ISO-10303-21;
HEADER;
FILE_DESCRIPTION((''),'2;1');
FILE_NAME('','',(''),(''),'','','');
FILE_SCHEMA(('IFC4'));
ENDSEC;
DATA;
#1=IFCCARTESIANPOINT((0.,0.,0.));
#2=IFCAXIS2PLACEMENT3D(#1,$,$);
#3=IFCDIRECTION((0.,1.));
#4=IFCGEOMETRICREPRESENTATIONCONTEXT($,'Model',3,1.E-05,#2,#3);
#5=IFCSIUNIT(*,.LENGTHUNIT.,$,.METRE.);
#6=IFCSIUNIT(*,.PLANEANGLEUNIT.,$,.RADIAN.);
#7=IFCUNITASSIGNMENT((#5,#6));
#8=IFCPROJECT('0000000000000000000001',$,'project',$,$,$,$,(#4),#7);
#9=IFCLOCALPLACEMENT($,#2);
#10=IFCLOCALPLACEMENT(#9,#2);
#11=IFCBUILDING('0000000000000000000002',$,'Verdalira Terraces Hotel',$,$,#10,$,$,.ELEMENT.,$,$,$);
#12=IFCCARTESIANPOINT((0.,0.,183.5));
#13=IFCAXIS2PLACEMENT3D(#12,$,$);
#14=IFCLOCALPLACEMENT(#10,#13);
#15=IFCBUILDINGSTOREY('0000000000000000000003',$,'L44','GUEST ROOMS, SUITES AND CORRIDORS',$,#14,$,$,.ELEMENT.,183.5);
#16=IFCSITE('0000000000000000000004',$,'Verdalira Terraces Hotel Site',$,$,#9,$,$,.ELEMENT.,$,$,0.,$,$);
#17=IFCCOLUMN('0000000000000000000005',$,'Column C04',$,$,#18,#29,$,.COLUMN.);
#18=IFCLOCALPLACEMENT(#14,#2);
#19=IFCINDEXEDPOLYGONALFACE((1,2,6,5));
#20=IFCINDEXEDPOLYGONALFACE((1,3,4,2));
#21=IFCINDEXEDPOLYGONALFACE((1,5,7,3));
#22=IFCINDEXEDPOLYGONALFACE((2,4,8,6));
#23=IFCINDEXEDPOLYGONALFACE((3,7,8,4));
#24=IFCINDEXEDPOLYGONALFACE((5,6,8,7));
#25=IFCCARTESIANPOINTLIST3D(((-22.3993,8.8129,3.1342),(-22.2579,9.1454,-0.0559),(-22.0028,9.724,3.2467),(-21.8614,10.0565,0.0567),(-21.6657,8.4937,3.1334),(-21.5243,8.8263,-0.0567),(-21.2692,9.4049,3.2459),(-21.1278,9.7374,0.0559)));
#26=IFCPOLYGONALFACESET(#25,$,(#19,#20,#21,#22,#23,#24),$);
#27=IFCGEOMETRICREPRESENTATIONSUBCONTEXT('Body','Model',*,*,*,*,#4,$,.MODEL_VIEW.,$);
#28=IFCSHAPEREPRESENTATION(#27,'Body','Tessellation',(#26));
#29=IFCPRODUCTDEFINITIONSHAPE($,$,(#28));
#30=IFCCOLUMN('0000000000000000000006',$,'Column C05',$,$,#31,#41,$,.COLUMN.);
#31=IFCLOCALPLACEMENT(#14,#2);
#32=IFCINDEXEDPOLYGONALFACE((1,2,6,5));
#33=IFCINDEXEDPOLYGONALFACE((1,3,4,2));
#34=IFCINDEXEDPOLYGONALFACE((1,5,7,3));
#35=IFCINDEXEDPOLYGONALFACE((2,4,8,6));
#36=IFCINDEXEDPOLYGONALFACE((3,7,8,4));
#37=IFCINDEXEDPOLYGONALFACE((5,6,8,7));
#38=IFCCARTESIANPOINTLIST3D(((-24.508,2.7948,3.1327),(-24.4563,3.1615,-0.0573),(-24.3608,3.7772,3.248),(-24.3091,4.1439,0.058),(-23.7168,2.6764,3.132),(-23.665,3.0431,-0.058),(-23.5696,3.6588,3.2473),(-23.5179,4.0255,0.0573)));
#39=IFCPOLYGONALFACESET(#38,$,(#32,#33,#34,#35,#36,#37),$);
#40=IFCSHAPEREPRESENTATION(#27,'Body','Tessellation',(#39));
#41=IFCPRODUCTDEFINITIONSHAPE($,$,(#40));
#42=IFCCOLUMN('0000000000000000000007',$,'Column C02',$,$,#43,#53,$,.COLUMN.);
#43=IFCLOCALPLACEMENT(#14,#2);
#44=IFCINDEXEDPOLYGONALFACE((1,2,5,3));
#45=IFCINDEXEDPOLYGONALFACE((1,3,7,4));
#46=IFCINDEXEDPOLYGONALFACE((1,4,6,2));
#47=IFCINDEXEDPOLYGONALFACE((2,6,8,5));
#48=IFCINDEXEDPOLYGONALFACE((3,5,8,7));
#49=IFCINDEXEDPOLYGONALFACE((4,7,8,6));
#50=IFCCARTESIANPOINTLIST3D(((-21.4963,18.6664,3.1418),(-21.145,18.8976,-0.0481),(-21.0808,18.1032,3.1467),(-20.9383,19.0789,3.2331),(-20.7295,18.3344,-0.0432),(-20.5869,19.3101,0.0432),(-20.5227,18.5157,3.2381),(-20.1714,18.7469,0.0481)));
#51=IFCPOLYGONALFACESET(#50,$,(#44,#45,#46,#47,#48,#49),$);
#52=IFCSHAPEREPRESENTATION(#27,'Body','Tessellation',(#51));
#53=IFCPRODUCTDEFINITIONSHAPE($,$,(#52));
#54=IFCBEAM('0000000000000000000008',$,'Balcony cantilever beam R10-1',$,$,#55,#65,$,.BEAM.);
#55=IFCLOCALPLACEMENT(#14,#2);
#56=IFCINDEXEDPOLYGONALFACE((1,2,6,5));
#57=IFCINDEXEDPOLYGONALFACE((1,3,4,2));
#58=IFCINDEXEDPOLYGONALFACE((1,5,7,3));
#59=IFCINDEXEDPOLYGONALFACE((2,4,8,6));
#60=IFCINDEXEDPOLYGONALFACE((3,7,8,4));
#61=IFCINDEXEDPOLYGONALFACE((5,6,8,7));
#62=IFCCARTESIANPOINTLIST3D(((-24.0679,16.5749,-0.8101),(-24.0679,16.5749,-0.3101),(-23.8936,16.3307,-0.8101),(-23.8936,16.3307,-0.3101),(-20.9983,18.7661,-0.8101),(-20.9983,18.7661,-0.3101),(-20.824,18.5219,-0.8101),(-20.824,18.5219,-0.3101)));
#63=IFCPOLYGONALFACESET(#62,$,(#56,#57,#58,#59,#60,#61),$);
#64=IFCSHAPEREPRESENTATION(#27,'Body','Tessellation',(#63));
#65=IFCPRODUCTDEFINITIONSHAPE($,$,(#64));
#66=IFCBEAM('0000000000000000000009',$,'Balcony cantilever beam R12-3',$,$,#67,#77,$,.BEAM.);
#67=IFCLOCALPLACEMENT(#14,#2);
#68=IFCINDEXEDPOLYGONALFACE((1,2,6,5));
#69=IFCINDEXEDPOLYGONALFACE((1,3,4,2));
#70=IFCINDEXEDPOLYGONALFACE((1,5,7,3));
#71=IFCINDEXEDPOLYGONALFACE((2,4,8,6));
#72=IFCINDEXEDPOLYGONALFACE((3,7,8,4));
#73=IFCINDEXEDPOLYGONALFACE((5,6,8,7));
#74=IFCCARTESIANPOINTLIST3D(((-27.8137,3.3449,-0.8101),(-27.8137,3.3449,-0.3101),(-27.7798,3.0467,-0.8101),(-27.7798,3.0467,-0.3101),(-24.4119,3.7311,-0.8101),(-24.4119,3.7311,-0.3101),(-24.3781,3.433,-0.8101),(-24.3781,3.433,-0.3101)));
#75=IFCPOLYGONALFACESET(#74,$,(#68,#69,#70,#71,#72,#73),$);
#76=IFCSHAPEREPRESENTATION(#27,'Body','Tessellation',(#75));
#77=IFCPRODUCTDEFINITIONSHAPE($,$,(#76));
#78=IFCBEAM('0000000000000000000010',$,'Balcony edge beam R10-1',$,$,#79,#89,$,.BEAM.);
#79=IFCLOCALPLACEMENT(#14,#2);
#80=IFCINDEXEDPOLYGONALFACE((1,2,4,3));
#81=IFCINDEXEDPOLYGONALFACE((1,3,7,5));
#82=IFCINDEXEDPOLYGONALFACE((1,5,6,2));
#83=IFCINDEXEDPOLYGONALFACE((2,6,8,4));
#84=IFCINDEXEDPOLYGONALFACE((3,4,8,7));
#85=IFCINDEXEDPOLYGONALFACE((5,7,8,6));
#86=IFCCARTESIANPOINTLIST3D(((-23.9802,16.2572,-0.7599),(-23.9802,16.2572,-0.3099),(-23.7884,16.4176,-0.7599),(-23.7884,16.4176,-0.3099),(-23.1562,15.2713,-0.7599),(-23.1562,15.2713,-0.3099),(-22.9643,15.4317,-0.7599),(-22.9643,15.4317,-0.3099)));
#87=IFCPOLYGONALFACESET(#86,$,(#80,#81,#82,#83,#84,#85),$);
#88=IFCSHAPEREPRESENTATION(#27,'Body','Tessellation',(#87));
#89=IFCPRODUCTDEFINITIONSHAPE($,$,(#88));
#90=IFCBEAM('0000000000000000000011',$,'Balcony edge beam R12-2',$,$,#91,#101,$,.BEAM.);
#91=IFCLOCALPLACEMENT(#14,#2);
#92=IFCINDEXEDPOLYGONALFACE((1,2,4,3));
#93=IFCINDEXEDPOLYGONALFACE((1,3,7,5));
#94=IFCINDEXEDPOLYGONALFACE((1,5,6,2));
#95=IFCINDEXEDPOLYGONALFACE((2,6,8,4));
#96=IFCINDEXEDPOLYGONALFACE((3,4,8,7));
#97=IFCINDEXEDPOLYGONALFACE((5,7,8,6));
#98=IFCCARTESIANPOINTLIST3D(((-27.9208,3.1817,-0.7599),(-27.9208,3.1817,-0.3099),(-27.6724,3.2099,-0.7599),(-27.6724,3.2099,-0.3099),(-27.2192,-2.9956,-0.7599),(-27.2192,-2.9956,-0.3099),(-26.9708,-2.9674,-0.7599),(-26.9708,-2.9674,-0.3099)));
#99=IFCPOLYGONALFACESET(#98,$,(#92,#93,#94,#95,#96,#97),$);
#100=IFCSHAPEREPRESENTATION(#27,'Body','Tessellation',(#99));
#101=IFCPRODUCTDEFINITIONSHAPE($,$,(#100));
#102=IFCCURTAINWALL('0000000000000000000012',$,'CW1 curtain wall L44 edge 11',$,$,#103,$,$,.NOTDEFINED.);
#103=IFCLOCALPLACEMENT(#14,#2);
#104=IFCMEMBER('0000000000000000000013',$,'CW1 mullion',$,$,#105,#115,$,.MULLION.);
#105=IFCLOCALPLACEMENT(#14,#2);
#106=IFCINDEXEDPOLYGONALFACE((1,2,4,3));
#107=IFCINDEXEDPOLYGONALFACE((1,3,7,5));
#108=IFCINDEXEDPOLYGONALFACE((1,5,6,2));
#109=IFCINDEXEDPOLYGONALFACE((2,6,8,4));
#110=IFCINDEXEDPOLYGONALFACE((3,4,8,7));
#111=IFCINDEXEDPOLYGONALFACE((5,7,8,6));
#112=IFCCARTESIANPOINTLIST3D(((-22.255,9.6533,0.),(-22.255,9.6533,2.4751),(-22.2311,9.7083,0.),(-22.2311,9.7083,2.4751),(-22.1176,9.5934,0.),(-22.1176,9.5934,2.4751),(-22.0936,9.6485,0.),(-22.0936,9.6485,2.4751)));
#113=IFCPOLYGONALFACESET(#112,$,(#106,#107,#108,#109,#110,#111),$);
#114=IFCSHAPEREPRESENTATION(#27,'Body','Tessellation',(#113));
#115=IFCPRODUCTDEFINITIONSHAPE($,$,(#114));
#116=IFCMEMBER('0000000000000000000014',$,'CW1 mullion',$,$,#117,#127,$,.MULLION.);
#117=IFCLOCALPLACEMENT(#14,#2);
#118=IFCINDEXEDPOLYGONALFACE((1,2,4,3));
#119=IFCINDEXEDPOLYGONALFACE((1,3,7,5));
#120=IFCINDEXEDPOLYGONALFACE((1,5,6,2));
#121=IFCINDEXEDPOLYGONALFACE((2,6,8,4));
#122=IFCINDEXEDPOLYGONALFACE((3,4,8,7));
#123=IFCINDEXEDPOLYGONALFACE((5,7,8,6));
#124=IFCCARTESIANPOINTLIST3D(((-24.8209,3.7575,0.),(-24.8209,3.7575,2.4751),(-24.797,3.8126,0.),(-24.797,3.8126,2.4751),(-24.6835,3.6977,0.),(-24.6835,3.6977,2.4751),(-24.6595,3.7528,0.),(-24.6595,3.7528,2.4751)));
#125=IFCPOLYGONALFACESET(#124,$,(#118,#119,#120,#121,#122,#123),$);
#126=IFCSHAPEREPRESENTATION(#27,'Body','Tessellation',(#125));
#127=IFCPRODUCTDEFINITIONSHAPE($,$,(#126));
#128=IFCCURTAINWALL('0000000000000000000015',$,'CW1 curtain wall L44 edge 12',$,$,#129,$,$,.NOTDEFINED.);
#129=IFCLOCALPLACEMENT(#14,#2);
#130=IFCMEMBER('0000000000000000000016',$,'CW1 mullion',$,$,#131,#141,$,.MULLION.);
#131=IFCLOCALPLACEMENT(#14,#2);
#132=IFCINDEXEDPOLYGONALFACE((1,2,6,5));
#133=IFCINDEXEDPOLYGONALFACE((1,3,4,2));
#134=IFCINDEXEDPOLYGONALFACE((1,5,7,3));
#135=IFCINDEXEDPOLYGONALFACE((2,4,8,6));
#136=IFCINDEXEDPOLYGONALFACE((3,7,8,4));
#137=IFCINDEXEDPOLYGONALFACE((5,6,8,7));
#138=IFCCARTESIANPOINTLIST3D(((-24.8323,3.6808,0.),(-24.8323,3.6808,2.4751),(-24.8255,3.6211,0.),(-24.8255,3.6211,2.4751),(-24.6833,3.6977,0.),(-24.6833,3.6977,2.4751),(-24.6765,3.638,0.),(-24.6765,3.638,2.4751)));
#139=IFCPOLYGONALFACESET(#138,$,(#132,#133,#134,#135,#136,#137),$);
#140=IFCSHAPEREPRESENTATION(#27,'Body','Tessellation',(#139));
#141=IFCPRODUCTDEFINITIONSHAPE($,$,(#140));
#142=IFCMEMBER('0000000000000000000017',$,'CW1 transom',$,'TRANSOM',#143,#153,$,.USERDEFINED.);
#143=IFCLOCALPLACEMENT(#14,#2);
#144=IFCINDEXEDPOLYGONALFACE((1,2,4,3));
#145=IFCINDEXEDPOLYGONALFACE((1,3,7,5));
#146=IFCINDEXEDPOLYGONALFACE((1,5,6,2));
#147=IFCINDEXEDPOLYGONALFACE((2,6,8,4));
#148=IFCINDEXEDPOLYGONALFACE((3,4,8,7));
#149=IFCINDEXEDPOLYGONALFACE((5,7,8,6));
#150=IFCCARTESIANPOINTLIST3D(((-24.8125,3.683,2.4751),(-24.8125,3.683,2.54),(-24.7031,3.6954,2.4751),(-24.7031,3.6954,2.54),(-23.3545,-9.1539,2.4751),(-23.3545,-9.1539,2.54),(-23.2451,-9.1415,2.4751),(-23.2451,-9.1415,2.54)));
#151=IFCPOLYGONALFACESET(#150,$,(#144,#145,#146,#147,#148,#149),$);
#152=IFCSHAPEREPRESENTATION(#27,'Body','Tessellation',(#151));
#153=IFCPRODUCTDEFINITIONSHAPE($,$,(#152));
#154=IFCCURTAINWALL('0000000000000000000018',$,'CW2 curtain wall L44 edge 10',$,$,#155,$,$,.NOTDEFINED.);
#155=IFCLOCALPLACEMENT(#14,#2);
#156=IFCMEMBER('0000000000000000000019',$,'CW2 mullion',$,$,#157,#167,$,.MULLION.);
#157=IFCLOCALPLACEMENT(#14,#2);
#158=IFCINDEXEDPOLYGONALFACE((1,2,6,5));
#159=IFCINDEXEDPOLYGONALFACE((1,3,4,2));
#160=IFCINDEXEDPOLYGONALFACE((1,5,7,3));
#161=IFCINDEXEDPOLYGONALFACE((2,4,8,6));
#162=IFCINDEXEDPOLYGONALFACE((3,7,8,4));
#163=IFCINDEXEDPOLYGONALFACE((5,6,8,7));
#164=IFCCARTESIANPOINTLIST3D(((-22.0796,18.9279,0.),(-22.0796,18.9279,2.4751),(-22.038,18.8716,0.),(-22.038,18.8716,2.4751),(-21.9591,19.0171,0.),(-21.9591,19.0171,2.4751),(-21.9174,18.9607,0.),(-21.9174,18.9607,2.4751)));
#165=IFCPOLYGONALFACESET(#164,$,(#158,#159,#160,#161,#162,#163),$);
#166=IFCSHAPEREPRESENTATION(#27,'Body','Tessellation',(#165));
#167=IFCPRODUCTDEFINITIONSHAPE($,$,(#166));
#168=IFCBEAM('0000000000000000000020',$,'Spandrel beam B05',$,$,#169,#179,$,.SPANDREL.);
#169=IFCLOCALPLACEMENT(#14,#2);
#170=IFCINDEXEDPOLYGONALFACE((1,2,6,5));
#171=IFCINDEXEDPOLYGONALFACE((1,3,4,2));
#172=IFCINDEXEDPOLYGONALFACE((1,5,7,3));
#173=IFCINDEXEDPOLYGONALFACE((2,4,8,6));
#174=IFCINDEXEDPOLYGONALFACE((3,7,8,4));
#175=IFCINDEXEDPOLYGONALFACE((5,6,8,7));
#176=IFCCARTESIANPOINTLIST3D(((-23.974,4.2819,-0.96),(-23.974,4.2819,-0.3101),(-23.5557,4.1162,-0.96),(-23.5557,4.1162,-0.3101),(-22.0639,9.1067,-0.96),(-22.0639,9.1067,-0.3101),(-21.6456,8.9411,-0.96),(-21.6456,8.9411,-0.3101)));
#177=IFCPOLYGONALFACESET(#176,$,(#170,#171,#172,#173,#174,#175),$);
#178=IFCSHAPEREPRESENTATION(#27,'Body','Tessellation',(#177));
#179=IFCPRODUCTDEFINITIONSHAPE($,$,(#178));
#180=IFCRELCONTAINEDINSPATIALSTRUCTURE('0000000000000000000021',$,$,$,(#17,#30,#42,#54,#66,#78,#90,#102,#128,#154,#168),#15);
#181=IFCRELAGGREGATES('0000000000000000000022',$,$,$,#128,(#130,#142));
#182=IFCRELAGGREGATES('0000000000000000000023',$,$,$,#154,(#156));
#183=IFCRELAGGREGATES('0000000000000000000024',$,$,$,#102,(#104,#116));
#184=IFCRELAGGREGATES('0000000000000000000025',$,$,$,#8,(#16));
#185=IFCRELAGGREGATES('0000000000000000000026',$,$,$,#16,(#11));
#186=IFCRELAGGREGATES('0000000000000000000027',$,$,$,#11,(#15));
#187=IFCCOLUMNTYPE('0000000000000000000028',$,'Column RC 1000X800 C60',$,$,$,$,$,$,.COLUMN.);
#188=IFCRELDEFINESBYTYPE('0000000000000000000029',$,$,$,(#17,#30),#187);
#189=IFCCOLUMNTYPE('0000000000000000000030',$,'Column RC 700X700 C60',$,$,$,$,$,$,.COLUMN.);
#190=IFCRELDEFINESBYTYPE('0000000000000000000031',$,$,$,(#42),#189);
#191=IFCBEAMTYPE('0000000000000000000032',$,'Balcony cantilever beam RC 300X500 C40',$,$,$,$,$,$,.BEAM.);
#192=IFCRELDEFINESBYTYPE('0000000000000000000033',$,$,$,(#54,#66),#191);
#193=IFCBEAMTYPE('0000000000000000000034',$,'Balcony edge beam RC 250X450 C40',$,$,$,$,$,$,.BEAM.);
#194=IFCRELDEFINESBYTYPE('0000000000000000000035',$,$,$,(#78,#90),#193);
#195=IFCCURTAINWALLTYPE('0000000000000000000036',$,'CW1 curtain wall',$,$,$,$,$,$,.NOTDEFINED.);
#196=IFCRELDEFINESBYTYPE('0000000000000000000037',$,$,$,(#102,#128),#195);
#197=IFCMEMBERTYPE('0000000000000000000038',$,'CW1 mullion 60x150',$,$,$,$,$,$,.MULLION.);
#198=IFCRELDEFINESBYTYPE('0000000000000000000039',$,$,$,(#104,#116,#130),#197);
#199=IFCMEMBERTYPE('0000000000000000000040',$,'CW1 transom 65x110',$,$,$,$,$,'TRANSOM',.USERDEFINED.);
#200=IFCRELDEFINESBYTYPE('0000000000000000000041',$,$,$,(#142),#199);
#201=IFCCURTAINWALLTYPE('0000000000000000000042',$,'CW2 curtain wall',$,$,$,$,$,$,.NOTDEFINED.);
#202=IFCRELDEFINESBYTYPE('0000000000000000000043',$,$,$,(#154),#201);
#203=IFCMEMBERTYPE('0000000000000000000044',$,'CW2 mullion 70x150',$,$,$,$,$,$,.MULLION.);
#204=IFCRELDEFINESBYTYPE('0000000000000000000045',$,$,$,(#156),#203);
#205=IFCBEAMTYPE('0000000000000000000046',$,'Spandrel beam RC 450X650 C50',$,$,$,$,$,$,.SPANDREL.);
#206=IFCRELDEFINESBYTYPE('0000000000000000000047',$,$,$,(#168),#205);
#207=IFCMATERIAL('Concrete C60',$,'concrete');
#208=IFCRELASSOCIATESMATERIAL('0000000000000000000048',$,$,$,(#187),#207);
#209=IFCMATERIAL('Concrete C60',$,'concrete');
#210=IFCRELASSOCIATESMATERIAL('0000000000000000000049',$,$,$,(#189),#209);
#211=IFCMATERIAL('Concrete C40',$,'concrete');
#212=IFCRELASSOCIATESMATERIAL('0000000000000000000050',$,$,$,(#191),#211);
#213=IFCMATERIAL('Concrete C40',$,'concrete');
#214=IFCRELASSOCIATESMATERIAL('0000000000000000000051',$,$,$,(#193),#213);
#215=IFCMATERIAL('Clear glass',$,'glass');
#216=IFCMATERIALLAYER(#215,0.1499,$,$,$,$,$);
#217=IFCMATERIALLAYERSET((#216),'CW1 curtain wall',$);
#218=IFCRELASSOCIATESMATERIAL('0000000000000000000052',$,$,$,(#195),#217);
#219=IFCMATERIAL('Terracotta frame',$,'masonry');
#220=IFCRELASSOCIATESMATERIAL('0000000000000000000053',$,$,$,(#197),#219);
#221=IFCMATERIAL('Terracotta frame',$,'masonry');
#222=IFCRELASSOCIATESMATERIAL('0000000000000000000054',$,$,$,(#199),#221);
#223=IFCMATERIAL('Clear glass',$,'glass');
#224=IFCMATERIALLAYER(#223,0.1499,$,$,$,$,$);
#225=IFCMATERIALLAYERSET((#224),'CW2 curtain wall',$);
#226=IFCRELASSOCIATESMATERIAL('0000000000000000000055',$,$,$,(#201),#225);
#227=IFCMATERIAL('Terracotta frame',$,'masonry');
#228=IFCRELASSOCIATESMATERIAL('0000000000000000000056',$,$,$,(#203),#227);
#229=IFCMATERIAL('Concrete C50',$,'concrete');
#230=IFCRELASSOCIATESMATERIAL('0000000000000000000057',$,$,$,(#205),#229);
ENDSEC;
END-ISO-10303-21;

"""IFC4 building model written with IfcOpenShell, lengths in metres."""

from ifc_helpers import new_model, si_unit, direction, frame, origin, origin_2d, place, context, subcontext, project, spatial, rectangle, extrude, material, layer, layer_set, material_profile, profile_set, type_object, element, aggregate, save


model = new_model("IFC4")

# Units and contexts
model_context = context("Model", 3, precision=1e-05, world=origin(), true_north=direction((0.0, 1.0)))
body_context = subcontext(model_context, "Body", "Model", "MODEL_VIEW")
ifc_project = project(units=[si_unit("LENGTHUNIT", "METRE"), si_unit("PLANEANGLEUNIT", "RADIAN")], contexts=[model_context])

# Site, building, storey
site_placement = place(None, origin())
site = spatial("IfcSite", under=ifc_project, at=site_placement, Name="Verdalira Terraces Hotel Site", CompositionType="ELEMENT", RefElevation=0.0)
building_placement = place(site_placement, origin())
building = spatial("IfcBuilding", under=site, at=building_placement, Name="Verdalira Terraces Hotel", CompositionType="ELEMENT")
storey_placement = place(building_placement, frame((0.0, 0.0, 183.5)))
storey = spatial("IfcBuildingStorey", under=building, at=storey_placement, Name="L44", Description="GUEST ROOMS, SUITES AND CORRIDORS", CompositionType="ELEMENT", Elevation=183.5)

# Columns
ifc_material_1 = material(Name="Concrete C60", Category="concrete")
ifc_material_profile_1 = material_profile(ifc_material_1, rectangle(XDim=1.0, YDim=0.8, at=origin_2d()), Name="RC 1000X800")
ifc_profile_set_1 = profile_set([ifc_material_profile_1], Name="Concrete C60")
column_type_1 = type_object("IfcColumnType", Name="Column RC 1000X800 C60", PredefinedType="COLUMN", material=ifc_profile_set_1)
column_1_placement = place(storey_placement, frame((-21.6929, 9.4414, 0.0), z_axis=(-0.044032, -0.103578, 0.993646), x_axis=(-0.396486, -0.911116, -0.112544)))
element("IfcColumn", 1, at=column_1_placement, inside=storey, type_object=column_type_1, Name="Column C04", PredefinedType="COLUMN", context=body_context, shape_type="SweptSolid", body=[
    extrude(rectangle(XDim=1.0, YDim=0.8, at=origin_2d()), origin(), (0.0, 0.0, 1.0), 3.2104),
])
column_2_placement = place(storey_placement, frame((-23.9871, 3.5935, 0.0), z_axis=(-0.016117, -0.114188, 0.993328), x_axis=(0.147173, 0.982366, 0.115316)))
element("IfcColumn", 2, at=column_2_placement, inside=storey, type_object=column_type_1, Name="Column C05", PredefinedType="COLUMN", context=body_context, shape_type="SweptSolid", body=[
    extrude(rectangle(XDim=1.0, YDim=0.8, at=origin_2d()), origin(), (0.0, 0.0, 1.0), 3.2114),
])
ifc_material_2 = material(Name="Concrete C60", Category="concrete")
ifc_material_profile_2 = material_profile(ifc_material_2, rectangle(XDim=0.7, YDim=0.7, at=origin_2d()), Name="RC 700X700")
ifc_profile_set_2 = profile_set([ifc_material_profile_2], Name="Concrete C60")
column_type_2 = type_object("IfcColumnType", Name="Column RC 700X700 C60", PredefinedType="COLUMN", material=ifc_profile_set_2)
column_3_placement = place(storey_placement, frame((-20.6582, 18.8223, 0.0), z_axis=(-0.109188, -0.071856, 0.99142), x_axis=(0.593658, -0.804687, 0.007059)))
element("IfcColumn", 3, at=column_3_placement, inside=storey, type_object=column_type_2, Name="Column C02", PredefinedType="COLUMN", context=body_context, shape_type="SweptSolid", body=[
    extrude(rectangle(XDim=0.7, YDim=0.7, at=origin_2d()), origin(), (0.0, 0.0, 1.0), 3.2175),
])

# Beams
ifc_material_3 = material(Name="Concrete C40", Category="concrete")
ifc_material_profile_3 = material_profile(ifc_material_3, rectangle(XDim=0.3, YDim=0.5, at=origin_2d()), Name="RC 300X500")
ifc_profile_set_3 = profile_set([ifc_material_profile_3], Name="Concrete C40")
beam_type_1 = type_object("IfcBeamType", Name="Balcony cantilever beam RC 300X500 C40", PredefinedType="BEAM", material=ifc_profile_set_3)
beam_1_placement = place(storey_placement, frame((-20.9111, 18.644, -0.5601), z_axis=(-0.813908, -0.580993, 0.0), x_axis=(0.580993, -0.813908, 0.0)))
element("IfcBeam", 4, at=beam_1_placement, inside=storey, type_object=beam_type_1, Name="Balcony cantilever beam R10-1", PredefinedType="BEAM", context=body_context, shape_type="SweptSolid", body=[
    extrude(rectangle(XDim=0.3, YDim=0.5, at=origin_2d()), origin(), (0.0, 0.0, 1.0), 3.7715),
])
beam_2_placement = place(storey_placement, frame((-24.395, 3.582, -0.5601), z_axis=(-0.993616, -0.112818, 0.0), x_axis=(0.112818, -0.993616, 0.0)))
element("IfcBeam", 5, at=beam_2_placement, inside=storey, type_object=beam_type_1, Name="Balcony cantilever beam R12-3", PredefinedType="BEAM", context=body_context, shape_type="SweptSolid", body=[
    extrude(rectangle(XDim=0.3, YDim=0.5, at=origin_2d()), origin(), (0.0, 0.0, 1.0), 3.4236),
])
ifc_material_4 = material(Name="Concrete C40", Category="concrete")
ifc_material_profile_4 = material_profile(ifc_material_4, rectangle(XDim=0.25, YDim=0.45, at=origin_2d()), Name="RC 250X450")
ifc_profile_set_4 = profile_set([ifc_material_profile_4], Name="Concrete C40")
beam_type_2 = type_object("IfcBeamType", Name="Balcony edge beam RC 250X450 C40", PredefinedType="BEAM", material=ifc_profile_set_4)
beam_3_placement = place(storey_placement, frame((-23.8843, 16.3374, -0.5349), z_axis=(0.641305, -0.767286, 0.0), x_axis=(0.767286, 0.641305, 0.0)))
element("IfcBeam", 6, at=beam_3_placement, inside=storey, type_object=beam_type_2, Name="Balcony edge beam R10-1", PredefinedType="BEAM", context=body_context, shape_type="SweptSolid", body=[
    extrude(rectangle(XDim=0.25, YDim=0.45, at=origin_2d()), origin(), (0.0, 0.0, 1.0), 1.2849),
])
beam_4_placement = place(storey_placement, frame((-27.7966, 3.1958, -0.5349), z_axis=(0.112862, -0.993611, 0.0), x_axis=(0.993611, 0.112862, 0.0)))
element("IfcBeam", 7, at=beam_4_placement, inside=storey, type_object=beam_type_2, Name="Balcony edge beam R12-2", PredefinedType="BEAM", context=body_context, shape_type="SweptSolid", body=[
    extrude(rectangle(XDim=0.25, YDim=0.45, at=origin_2d()), origin(), (0.0, 0.0, 1.0), 6.217),
])

# Curtain walls, members
ifc_material_5 = material(Name="Clear glass", Category="glass")
ifc_layer_1 = layer(ifc_material_5, 0.1499)
ifc_layer_set_1 = layer_set([ifc_layer_1], Name="CW1 curtain wall")
curtain_wall_type_1 = type_object("IfcCurtainWallType", Name="CW1 curtain wall", PredefinedType="NOTDEFINED", material=ifc_layer_set_1)
curtain_wall_1_placement = place(storey_placement, origin())
curtain_wall_1 = element("IfcCurtainWall", 8, at=curtain_wall_1_placement, inside=storey, type_object=curtain_wall_type_1, Name="CW1 curtain wall L44 edge 11", PredefinedType="NOTDEFINED")
ifc_material_6 = material(Name="Terracotta frame", Category="masonry")
ifc_material_profile_5 = material_profile(ifc_material_6, rectangle(XDim=0.0601, YDim=0.1499, at=origin_2d()), Name="MU 60x150")
ifc_profile_set_5 = profile_set([ifc_material_profile_5], Name="Terracotta frame")
member_type_1 = type_object("IfcMemberType", Name="CW1 mullion 60x150", PredefinedType="MULLION", material=ifc_profile_set_5)
member_1_placement = place(storey_placement, frame((-22.1743, 9.6509, 0.0), z_axis=(0.0, 0.0, 1.0), x_axis=(-0.399069, -0.916921, 0.0)))
member_1 = element("IfcMember", 9, at=member_1_placement, type_object=member_type_1, Name="CW1 mullion", PredefinedType="MULLION", context=body_context, shape_type="SweptSolid", body=[
    extrude(rectangle(XDim=0.0601, YDim=0.1499, at=origin_2d()), origin(), (0.0, 0.0, 1.0), 2.4751),
])
member_2_placement = place(storey_placement, frame((-24.7402, 3.7551, 0.0), z_axis=(0.0, 0.0, 1.0), x_axis=(-0.399069, -0.916921, 0.0)))
member_2 = element("IfcMember", 10, at=member_2_placement, type_object=member_type_1, Name="CW1 mullion", PredefinedType="MULLION", context=body_context, shape_type="SweptSolid", body=[
    extrude(rectangle(XDim=0.0601, YDim=0.1499, at=origin_2d()), origin(), (0.0, 0.0, 1.0), 2.4751),
])
curtain_wall_2_placement = place(storey_placement, origin())
curtain_wall_2 = element("IfcCurtainWall", 11, at=curtain_wall_2_placement, inside=storey, type_object=curtain_wall_type_1, Name="CW1 curtain wall L44 edge 12", PredefinedType="NOTDEFINED")
member_3_placement = place(storey_placement, frame((-24.7544, 3.6594, 0.0), z_axis=(0.0, 0.0, 1.0), x_axis=(0.112856, -0.993611, 0.0)))
member_3 = element("IfcMember", 12, at=member_3_placement, type_object=member_type_1, Name="CW1 mullion", PredefinedType="MULLION", context=body_context, shape_type="SweptSolid", body=[
    extrude(rectangle(XDim=0.0601, YDim=0.1499, at=origin_2d()), origin(), (0.0, 0.0, 1.0), 2.4751),
])
ifc_material_7 = material(Name="Terracotta frame", Category="masonry")
ifc_material_profile_6 = material_profile(ifc_material_7, rectangle(XDim=0.1101, YDim=0.0649, at=origin_2d()), Name="TR 65x110")
ifc_profile_set_6 = profile_set([ifc_material_profile_6], Name="Terracotta frame")
member_type_2 = type_object("IfcMemberType", Name="CW1 transom 65x110", ElementType="TRANSOM", PredefinedType="USERDEFINED", material=ifc_profile_set_6)
member_4_placement = place(storey_placement, frame((-24.7578, 3.6892, 2.5076), z_axis=(0.112854, -0.993612, 0.0), x_axis=(0.993612, 0.112854, 0.0)))
member_4 = element("IfcMember", 13, at=member_4_placement, type_object=member_type_2, Name="CW1 transom", ObjectType="TRANSOM", PredefinedType="USERDEFINED", context=body_context, shape_type="SweptSolid", body=[
    extrude(rectangle(XDim=0.1101, YDim=0.0649, at=origin_2d()), origin(), (0.0, 0.0, 1.0), 12.9194),
])
aggregate(curtain_wall_2, [member_3, member_4])

# Curtain wall, member
ifc_material_8 = material(Name="Clear glass", Category="glass")
ifc_layer_2 = layer(ifc_material_8, 0.1499)
ifc_layer_set_2 = layer_set([ifc_layer_2], Name="CW2 curtain wall")
curtain_wall_type_2 = type_object("IfcCurtainWallType", Name="CW2 curtain wall", PredefinedType="NOTDEFINED", material=ifc_layer_set_2)
curtain_wall_3_placement = place(storey_placement, origin())
curtain_wall_3 = element("IfcCurtainWall", 14, at=curtain_wall_3_placement, inside=storey, type_object=curtain_wall_type_2, Name="CW2 curtain wall L44 edge 10", PredefinedType="NOTDEFINED")
ifc_material_9 = material(Name="Terracotta frame", Category="masonry")
ifc_material_profile_7 = material_profile(ifc_material_9, rectangle(XDim=0.0701, YDim=0.1499, at=origin_2d()), Name="MU 70x150")
ifc_profile_set_7 = profile_set([ifc_material_profile_7], Name="Terracotta frame")
member_type_3 = type_object("IfcMemberType", Name="CW2 mullion 70x150", PredefinedType="MULLION", material=ifc_profile_set_7)
member_5_placement = place(storey_placement, frame((-21.9985, 18.9443, 0.0), z_axis=(0.0, 0.0, 1.0), x_axis=(0.594542, -0.804064, 0.0)))
member_5 = element("IfcMember", 15, at=member_5_placement, type_object=member_type_3, Name="CW2 mullion", PredefinedType="MULLION", context=body_context, shape_type="SweptSolid", body=[
    extrude(rectangle(XDim=0.0701, YDim=0.1499, at=origin_2d()), origin(), (0.0, 0.0, 1.0), 2.4751),
])
aggregate(curtain_wall_3, [member_5])

# Beam
ifc_material_10 = material(Name="Concrete C50", Category="concrete")
ifc_material_profile_8 = material_profile(ifc_material_10, rectangle(XDim=0.45, YDim=0.6499, at=origin_2d()), Name="RC 450X650")
ifc_profile_set_8 = profile_set([ifc_material_profile_8], Name="Concrete C50")
beam_type_3 = type_object("IfcBeamType", Name="Spandrel beam RC 450X650 C50", PredefinedType="SPANDREL", material=ifc_profile_set_8)
beam_5_placement = place(storey_placement, frame((-21.8547, 9.0239, -0.635), z_axis=(-0.368095, -0.929788, 0.0), x_axis=(0.929788, -0.368095, 0.0)))
element("IfcBeam", 16, at=beam_5_placement, inside=storey, type_object=beam_type_3, Name="Spandrel beam B05", PredefinedType="SPANDREL", context=body_context, shape_type="SweptSolid", body=[
    extrude(rectangle(XDim=0.45, YDim=0.6499, at=origin_2d()), origin(), (0.0, 0.0, 1.0), 5.1892),
])

aggregate(curtain_wall_1, [member_1, member_2])

save(model, "model.ifc")
